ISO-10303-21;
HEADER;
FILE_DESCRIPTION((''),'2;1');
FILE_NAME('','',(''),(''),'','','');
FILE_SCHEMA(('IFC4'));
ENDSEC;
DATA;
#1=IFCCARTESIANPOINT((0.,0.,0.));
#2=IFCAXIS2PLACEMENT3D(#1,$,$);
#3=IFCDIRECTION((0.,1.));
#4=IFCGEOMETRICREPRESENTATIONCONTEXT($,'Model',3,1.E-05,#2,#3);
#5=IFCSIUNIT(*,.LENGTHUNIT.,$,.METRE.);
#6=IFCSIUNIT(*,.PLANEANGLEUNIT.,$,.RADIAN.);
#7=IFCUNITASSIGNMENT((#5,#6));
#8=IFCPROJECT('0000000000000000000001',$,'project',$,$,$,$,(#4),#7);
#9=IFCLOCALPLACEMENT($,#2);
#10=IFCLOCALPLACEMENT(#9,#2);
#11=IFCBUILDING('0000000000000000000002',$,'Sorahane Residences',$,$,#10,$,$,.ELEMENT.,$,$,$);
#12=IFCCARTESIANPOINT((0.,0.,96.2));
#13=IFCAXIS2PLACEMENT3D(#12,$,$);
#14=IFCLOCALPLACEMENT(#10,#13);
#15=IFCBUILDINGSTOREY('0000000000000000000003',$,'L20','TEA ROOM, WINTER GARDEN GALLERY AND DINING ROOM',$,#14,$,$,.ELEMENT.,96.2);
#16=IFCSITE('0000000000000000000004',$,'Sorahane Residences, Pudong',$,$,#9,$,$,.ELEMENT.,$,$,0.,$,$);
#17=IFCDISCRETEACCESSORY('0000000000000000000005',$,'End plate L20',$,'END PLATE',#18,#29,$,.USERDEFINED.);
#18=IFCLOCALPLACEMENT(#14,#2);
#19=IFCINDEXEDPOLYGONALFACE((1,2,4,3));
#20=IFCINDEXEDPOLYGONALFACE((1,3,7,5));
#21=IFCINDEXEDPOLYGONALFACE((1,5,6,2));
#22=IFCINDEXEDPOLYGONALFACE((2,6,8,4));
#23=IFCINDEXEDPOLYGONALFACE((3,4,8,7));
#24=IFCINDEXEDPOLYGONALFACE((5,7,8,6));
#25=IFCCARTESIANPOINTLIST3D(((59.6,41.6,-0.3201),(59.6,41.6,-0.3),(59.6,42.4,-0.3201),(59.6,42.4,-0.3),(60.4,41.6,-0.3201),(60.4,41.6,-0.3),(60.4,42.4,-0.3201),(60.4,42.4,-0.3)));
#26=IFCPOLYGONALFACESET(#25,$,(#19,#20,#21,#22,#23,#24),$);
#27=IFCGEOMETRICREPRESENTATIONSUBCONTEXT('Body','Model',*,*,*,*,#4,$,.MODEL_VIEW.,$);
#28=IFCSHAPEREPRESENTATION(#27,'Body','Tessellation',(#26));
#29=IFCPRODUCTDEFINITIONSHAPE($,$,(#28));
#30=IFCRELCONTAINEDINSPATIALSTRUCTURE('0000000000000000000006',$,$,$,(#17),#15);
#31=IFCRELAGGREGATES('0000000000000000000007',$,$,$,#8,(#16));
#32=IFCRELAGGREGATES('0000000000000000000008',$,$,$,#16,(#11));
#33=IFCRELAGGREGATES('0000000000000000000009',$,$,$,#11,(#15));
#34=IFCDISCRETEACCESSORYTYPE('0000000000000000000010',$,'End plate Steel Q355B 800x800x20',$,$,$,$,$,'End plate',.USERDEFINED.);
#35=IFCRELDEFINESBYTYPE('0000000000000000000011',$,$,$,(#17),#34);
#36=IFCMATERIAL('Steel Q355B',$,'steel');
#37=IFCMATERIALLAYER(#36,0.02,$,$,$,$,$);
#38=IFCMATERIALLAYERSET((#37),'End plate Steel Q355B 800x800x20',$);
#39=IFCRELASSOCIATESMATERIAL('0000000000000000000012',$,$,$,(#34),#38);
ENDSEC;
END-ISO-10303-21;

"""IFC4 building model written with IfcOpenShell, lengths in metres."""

from ifc_helpers import new_model, si_unit, direction, frame, origin, origin_2d, place, context, subcontext, project, spatial, rectangle, extrude, material, layer, layer_set, type_object, element, save


model = new_model("IFC4")

# Units and contexts
model_context = context("Model", 3, precision=1e-05, world=origin(), true_north=direction((0.0, 1.0)))
body_context = subcontext(model_context, "Body", "Model", "MODEL_VIEW")
ifc_project = project(units=[si_unit("LENGTHUNIT", "METRE"), si_unit("PLANEANGLEUNIT", "RADIAN")], contexts=[model_context])

# Site, building, storey
site_placement = place(None, origin())
site = spatial("IfcSite", under=ifc_project, at=site_placement, Name="Sorahane Residences, Pudong", CompositionType="ELEMENT", RefElevation=0.0)
building_placement = place(site_placement, origin())
building = spatial("IfcBuilding", under=site, at=building_placement, Name="Sorahane Residences", CompositionType="ELEMENT")
storey_placement = place(building_placement, frame((0.0, 0.0, 96.2)))
storey = spatial("IfcBuildingStorey", under=building, at=storey_placement, Name="L20", Description="TEA ROOM, WINTER GARDEN GALLERY AND DINING ROOM", CompositionType="ELEMENT", Elevation=96.2)

# Discrete accessory
ifc_material_1 = material(Name="Steel Q355B", Category="steel")
ifc_layer_1 = layer(ifc_material_1, 0.02)
ifc_layer_set_1 = layer_set([ifc_layer_1], Name="End plate Steel Q355B 800x800x20")
discrete_accessory_type = type_object("IfcDiscreteAccessoryType", Name="End plate Steel Q355B 800x800x20", ElementType="End plate", PredefinedType="USERDEFINED", material=ifc_layer_set_1)
for number, where, z_axis, x_axis, name in (
    (1, (60.0, 42.0, -0.3201), (0.0, 0.0, 1.0), (1.0, 0.0, 0.0), "End plate L20"),
):
    element("IfcDiscreteAccessory", number, at=place(storey_placement, frame(where, z_axis=z_axis, x_axis=x_axis)), inside=storey, type_object=discrete_accessory_type, Name=name, ObjectType="END PLATE", PredefinedType="USERDEFINED", context=body_context, shape_type="SweptSolid", body=[
        extrude(rectangle(XDim=0.8, YDim=0.8, at=origin_2d()), origin(), (0.0, 0.0, 1.0), 0.02),
    ])

save(model, "model.ifc")
